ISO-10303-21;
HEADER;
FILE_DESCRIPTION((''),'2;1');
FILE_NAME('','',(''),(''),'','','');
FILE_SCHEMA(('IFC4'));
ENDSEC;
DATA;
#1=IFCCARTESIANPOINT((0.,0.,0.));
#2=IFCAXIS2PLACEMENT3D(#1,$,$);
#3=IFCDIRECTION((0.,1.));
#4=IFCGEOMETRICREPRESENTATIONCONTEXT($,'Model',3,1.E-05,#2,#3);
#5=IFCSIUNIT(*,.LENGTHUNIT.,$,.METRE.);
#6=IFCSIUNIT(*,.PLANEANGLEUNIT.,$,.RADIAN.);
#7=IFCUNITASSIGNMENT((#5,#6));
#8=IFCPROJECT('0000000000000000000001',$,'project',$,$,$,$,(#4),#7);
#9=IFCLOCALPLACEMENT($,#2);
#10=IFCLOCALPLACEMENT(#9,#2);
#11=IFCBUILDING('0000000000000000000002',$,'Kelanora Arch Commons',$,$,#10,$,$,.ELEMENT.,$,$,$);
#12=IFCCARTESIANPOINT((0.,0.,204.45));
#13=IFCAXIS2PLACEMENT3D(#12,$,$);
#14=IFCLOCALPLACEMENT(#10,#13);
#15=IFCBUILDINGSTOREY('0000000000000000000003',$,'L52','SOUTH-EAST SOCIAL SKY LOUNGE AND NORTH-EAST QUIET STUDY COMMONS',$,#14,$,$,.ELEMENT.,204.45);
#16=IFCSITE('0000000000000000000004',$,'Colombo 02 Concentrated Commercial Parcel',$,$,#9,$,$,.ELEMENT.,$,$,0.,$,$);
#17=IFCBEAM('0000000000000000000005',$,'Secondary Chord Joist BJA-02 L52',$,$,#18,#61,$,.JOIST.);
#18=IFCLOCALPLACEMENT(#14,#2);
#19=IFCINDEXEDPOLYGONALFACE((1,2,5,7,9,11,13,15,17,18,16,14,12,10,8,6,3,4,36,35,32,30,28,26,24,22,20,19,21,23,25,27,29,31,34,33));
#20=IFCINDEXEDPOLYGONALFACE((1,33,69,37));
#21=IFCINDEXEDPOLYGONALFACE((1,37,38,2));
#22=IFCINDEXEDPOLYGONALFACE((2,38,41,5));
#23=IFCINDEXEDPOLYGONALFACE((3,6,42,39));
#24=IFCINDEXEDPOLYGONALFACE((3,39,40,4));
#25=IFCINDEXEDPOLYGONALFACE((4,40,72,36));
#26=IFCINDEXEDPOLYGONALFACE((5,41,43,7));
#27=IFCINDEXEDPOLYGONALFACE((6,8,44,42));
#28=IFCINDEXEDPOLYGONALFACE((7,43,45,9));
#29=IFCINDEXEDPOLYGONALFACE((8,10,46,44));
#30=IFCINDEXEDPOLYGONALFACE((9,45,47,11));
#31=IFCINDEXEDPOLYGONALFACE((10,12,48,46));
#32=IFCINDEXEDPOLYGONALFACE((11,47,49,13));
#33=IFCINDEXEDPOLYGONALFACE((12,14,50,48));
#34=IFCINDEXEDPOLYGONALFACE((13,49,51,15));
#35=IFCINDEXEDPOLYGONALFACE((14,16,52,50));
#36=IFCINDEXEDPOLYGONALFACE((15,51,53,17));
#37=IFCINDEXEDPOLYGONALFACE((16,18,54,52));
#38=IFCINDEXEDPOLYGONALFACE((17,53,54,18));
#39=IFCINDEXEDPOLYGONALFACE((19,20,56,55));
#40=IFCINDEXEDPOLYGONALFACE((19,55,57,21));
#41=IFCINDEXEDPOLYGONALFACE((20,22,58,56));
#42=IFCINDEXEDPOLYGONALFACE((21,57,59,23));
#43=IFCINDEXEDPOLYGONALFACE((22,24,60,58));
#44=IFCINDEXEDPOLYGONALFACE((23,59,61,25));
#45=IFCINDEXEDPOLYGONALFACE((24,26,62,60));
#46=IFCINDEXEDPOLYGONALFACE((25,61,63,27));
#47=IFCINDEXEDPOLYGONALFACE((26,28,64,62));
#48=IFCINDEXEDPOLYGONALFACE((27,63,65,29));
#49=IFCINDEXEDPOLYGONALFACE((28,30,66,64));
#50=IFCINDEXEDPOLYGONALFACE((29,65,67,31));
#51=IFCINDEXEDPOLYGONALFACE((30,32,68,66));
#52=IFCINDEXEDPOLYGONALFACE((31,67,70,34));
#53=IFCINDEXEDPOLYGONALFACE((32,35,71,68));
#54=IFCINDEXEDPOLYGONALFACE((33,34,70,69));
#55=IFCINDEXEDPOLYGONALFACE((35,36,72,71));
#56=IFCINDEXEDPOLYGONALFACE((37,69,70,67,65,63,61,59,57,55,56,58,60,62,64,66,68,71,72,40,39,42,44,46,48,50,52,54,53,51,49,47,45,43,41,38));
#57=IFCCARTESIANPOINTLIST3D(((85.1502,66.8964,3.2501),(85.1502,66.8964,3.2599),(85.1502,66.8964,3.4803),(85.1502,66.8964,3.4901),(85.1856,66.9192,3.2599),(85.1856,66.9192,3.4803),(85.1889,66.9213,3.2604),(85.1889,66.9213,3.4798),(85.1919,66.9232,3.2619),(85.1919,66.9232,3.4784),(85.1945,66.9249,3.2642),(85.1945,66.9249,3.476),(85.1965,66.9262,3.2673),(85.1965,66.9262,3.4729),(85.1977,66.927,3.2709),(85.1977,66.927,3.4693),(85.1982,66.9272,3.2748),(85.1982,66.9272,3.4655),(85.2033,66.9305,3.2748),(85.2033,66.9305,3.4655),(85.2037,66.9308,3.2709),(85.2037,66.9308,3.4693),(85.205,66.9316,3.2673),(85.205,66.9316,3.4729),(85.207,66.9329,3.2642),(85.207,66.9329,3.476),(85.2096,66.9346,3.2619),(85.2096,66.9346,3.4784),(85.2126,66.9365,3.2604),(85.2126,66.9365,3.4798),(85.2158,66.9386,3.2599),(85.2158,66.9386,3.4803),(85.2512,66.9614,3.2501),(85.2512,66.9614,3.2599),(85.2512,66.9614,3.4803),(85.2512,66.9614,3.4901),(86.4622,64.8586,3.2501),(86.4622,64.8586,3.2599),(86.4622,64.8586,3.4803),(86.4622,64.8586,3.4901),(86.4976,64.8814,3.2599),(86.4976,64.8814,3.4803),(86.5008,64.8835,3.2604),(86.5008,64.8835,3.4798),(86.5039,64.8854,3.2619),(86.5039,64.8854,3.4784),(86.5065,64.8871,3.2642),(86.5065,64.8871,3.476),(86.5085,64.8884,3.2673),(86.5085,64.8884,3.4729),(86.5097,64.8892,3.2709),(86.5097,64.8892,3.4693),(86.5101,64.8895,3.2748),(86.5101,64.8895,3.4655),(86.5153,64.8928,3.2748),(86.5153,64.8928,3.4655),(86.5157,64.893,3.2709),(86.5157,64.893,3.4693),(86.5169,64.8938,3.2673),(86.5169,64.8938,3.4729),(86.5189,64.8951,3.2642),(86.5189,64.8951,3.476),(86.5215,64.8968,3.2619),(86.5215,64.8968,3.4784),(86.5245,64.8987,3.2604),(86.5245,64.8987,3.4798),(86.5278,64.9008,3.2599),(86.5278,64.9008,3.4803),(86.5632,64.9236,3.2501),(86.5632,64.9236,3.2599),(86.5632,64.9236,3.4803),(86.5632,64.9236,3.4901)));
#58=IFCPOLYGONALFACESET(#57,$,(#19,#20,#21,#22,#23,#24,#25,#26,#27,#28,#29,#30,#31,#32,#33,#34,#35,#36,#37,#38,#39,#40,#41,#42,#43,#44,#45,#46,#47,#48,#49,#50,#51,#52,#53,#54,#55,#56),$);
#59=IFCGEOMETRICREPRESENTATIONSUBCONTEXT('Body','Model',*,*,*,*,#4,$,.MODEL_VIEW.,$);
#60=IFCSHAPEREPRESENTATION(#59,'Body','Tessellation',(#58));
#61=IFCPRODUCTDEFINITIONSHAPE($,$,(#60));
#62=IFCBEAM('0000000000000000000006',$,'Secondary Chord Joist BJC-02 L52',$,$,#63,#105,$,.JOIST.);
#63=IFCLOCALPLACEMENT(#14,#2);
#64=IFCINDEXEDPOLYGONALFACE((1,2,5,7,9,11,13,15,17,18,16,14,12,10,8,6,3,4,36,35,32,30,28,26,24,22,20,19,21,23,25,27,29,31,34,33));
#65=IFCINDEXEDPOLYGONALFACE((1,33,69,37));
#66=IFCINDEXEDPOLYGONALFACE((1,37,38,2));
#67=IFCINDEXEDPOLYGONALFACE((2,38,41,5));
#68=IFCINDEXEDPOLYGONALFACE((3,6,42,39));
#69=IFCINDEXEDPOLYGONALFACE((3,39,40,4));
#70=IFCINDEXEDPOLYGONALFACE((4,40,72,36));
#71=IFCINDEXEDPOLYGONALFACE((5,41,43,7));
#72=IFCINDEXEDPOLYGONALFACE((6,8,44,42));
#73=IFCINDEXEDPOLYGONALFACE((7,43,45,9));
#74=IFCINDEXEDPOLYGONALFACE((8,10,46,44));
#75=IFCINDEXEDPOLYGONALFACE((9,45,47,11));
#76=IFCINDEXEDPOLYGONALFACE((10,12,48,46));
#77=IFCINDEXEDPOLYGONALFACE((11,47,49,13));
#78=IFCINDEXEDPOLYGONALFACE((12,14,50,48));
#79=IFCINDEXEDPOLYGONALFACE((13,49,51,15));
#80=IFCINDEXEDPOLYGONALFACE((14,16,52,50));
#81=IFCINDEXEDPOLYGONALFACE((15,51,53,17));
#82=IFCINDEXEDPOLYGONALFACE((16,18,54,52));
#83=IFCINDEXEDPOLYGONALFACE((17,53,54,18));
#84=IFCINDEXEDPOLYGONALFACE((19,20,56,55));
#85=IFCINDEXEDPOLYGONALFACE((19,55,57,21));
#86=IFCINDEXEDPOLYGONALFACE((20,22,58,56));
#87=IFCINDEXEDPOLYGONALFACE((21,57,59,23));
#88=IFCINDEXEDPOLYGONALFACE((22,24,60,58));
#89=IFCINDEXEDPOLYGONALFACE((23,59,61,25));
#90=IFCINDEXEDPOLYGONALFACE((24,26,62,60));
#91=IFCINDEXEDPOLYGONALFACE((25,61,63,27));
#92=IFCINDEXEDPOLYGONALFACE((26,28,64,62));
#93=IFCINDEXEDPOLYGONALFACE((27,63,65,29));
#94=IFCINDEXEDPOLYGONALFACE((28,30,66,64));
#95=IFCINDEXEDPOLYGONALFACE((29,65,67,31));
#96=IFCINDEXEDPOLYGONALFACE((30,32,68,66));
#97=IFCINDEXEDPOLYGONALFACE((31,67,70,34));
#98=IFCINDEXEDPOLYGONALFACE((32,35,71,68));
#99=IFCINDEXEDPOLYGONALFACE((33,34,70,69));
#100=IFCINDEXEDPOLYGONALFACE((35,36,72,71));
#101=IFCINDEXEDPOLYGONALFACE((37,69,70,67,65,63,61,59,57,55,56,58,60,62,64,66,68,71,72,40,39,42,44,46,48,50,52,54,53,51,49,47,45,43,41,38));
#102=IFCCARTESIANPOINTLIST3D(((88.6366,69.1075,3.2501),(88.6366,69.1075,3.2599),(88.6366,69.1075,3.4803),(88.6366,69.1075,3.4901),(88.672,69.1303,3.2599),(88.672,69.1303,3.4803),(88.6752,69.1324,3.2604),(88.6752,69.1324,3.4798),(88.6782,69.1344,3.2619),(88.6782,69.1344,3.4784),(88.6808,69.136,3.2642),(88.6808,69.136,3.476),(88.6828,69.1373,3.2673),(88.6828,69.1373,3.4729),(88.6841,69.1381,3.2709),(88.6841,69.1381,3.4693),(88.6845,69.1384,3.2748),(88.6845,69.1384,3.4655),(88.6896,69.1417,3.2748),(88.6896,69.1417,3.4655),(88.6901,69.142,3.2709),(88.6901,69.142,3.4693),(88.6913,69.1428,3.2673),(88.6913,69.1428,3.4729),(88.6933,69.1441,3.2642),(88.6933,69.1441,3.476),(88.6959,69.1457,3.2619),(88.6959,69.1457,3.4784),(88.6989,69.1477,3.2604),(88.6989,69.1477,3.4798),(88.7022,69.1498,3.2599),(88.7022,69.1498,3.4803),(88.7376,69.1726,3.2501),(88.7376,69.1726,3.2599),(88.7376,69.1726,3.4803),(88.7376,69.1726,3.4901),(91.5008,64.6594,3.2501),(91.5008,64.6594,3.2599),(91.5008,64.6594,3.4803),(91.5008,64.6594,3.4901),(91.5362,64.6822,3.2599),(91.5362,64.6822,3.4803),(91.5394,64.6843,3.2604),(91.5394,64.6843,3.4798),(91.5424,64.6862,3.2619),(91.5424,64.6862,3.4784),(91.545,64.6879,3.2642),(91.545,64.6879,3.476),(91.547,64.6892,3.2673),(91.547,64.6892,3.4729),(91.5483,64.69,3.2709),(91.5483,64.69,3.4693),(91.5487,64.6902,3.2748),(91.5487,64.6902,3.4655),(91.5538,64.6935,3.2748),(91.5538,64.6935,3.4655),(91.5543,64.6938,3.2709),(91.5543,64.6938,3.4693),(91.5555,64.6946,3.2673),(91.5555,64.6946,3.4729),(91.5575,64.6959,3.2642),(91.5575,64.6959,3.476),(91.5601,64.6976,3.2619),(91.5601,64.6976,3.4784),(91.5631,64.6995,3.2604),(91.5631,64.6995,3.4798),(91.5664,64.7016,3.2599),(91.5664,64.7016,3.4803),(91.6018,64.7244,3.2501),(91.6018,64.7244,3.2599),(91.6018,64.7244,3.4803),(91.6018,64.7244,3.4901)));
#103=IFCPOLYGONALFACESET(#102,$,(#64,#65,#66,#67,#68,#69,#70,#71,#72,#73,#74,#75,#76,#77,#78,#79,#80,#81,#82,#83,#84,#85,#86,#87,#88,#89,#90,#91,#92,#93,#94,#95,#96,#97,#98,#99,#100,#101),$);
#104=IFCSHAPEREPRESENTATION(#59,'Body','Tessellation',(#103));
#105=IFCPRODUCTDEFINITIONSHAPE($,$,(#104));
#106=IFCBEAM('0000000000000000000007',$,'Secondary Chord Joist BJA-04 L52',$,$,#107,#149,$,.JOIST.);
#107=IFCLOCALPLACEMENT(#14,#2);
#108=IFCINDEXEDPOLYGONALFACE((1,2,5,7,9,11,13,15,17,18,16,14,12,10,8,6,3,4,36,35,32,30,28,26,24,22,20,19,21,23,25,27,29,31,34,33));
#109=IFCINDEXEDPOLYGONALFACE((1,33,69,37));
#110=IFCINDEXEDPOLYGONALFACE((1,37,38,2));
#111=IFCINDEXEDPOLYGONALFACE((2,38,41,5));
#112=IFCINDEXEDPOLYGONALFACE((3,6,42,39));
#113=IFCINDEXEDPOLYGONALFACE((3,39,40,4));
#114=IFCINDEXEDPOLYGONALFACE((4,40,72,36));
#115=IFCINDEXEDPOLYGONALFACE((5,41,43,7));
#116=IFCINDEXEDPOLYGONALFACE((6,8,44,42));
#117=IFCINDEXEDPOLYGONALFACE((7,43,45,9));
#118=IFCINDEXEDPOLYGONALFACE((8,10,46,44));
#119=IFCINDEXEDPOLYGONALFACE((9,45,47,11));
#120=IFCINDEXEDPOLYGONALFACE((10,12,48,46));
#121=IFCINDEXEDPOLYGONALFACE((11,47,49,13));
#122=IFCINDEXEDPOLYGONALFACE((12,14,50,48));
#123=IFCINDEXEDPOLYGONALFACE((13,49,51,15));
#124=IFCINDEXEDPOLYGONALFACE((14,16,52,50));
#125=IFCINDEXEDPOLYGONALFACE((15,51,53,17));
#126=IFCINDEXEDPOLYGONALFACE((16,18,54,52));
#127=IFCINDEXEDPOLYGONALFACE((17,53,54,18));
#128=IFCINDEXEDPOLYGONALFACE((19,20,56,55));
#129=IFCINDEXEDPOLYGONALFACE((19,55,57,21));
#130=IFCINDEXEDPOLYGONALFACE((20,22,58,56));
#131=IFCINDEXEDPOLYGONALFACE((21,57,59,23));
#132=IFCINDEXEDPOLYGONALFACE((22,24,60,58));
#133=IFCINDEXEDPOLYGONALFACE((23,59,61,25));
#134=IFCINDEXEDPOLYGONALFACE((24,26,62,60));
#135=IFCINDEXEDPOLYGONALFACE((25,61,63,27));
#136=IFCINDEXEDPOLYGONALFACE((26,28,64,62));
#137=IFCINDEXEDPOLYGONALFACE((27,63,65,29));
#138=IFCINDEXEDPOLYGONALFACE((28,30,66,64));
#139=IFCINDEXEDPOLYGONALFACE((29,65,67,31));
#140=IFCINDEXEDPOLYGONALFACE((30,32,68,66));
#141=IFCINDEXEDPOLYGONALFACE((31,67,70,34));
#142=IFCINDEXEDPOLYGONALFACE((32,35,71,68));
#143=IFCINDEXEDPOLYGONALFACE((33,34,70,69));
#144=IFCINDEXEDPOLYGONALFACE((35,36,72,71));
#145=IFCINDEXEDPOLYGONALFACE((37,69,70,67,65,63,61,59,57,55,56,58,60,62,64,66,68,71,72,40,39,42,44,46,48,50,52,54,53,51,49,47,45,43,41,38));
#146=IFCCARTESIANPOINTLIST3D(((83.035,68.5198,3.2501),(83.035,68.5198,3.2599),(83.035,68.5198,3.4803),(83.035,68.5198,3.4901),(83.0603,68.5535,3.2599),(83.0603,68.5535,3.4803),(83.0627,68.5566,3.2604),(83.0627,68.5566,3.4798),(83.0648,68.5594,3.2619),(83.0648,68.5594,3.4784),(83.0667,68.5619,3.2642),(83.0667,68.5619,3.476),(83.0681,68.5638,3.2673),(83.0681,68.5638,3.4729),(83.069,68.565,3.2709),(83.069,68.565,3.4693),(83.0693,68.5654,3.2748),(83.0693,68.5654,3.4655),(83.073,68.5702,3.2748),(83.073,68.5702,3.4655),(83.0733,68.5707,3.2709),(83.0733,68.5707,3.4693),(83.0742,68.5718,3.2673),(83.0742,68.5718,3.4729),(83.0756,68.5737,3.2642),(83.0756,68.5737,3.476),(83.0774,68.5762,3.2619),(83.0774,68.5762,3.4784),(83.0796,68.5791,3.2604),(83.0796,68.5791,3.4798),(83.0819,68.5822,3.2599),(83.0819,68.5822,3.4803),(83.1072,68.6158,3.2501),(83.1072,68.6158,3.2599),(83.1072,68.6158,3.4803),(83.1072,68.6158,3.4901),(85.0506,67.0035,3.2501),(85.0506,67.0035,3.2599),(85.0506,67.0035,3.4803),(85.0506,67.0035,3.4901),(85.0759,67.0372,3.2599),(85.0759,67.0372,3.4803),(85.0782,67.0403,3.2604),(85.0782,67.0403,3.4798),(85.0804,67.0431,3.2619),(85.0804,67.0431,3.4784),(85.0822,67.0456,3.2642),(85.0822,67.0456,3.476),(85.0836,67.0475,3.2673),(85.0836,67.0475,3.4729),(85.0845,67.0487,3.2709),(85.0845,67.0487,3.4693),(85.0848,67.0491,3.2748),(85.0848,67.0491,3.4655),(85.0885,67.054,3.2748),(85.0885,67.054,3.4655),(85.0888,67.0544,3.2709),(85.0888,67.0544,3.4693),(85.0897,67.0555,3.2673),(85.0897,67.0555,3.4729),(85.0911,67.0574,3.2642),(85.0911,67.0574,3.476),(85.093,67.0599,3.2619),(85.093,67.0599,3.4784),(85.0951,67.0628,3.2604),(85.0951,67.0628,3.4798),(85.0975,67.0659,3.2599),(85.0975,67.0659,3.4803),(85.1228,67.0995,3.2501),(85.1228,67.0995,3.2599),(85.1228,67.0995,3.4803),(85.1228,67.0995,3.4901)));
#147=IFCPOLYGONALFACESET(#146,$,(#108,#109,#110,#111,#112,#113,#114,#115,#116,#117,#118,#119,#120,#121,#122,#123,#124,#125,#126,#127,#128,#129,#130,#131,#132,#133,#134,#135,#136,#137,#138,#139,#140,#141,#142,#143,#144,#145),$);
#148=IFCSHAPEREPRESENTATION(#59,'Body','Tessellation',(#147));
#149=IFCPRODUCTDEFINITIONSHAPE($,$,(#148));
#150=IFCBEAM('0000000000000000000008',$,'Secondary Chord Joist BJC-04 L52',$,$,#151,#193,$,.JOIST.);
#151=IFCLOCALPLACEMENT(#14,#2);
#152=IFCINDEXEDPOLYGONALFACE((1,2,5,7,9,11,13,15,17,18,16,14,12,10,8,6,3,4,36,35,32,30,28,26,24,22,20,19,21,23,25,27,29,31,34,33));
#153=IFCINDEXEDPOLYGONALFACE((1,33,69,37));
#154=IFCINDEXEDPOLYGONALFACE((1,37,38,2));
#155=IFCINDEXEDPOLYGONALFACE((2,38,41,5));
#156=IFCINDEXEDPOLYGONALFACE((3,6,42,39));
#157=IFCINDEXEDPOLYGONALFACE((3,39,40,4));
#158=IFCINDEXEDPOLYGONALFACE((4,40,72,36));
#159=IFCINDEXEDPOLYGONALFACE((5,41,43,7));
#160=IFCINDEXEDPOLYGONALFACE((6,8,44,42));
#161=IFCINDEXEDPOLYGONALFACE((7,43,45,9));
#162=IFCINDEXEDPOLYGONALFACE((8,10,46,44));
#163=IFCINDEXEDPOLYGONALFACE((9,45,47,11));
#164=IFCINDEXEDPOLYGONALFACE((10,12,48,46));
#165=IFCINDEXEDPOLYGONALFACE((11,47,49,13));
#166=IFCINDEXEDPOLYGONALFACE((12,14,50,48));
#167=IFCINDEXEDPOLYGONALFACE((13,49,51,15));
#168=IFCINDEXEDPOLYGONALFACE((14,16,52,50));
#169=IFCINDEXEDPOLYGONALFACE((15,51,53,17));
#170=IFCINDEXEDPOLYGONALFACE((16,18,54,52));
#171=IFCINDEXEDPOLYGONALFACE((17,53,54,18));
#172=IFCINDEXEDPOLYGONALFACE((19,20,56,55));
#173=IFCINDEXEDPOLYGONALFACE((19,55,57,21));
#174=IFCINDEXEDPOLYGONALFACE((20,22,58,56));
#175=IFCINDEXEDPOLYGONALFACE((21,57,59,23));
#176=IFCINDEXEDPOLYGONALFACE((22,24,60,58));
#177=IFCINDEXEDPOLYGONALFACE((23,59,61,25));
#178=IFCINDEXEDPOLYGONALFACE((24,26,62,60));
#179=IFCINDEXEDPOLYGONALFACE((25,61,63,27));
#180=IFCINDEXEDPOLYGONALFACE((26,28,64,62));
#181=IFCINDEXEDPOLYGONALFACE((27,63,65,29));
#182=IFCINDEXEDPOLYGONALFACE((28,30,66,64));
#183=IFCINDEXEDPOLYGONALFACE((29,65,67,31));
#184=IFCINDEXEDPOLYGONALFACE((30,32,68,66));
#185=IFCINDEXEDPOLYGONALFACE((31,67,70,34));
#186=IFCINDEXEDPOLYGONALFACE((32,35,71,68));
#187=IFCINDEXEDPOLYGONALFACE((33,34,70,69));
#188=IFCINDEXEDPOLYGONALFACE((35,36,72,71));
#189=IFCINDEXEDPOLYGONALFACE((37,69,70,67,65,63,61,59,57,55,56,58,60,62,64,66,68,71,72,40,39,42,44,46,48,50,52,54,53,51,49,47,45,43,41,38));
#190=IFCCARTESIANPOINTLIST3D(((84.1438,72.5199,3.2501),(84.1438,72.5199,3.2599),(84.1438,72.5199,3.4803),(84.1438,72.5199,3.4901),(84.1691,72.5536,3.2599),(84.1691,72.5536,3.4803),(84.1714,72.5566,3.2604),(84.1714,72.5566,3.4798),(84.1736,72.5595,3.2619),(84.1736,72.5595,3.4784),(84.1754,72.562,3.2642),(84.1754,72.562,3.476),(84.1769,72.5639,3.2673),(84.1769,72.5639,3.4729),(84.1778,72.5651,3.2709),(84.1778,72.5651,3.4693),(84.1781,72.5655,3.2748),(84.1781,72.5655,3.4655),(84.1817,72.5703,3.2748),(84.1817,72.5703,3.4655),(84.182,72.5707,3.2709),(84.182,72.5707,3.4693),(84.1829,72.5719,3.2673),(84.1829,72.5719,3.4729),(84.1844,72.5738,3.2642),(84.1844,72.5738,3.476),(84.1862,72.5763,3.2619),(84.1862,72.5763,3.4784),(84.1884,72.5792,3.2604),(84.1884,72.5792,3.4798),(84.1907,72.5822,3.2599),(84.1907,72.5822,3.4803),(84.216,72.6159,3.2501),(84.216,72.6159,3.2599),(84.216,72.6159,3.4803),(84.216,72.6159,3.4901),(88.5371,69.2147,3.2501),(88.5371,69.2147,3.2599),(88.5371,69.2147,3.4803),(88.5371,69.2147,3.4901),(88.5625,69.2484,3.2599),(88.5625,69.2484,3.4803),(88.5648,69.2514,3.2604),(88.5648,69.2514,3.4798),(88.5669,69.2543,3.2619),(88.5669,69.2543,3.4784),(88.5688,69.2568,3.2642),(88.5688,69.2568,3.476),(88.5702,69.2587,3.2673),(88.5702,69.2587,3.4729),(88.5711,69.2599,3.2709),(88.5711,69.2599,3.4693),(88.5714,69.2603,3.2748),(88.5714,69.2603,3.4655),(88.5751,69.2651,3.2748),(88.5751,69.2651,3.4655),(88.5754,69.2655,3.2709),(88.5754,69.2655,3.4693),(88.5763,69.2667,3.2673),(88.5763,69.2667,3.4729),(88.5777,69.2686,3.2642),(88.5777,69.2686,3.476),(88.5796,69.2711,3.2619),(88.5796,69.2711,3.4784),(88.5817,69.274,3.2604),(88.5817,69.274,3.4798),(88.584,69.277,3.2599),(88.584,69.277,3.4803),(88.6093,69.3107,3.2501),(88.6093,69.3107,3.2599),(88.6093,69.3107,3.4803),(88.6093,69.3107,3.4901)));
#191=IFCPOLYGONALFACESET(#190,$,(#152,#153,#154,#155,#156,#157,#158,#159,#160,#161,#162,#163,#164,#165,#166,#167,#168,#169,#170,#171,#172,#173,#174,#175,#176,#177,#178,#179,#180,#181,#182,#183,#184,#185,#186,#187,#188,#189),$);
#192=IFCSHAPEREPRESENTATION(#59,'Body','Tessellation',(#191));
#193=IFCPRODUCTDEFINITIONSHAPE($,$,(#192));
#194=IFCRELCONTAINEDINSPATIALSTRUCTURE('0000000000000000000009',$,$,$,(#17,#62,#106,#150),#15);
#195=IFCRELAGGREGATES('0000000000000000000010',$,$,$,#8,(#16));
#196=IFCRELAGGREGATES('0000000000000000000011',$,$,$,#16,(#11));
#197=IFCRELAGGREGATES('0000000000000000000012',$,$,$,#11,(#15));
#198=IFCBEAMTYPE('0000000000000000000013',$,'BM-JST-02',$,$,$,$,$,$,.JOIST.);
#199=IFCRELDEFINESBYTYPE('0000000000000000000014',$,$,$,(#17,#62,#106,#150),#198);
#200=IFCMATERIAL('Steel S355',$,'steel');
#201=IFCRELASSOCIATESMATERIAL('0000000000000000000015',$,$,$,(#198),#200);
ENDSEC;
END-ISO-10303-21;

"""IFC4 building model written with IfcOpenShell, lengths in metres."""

from ifc_helpers import new_model, si_unit, direction, frame, origin, origin_2d, place, context, subcontext, project, spatial, i_section, extrude, material, material_profile, profile_set, type_object, element, save


model = new_model("IFC4")

# Units and contexts
model_context = context("Model", 3, precision=1e-05, world=origin(), true_north=direction((0.0, 1.0)))
body_context = subcontext(model_context, "Body", "Model", "MODEL_VIEW")
ifc_project = project(units=[si_unit("LENGTHUNIT", "METRE"), si_unit("PLANEANGLEUNIT", "RADIAN")], contexts=[model_context])

# Site, building, storey
site_placement = place(None, origin())
site = spatial("IfcSite", under=ifc_project, at=site_placement, Name="Colombo 02 Concentrated Commercial Parcel", CompositionType="ELEMENT", RefElevation=0.0)
building_placement = place(site_placement, origin())
building = spatial("IfcBuilding", under=site, at=building_placement, Name="Kelanora Arch Commons", CompositionType="ELEMENT")
storey_placement = place(building_placement, frame((0.0, 0.0, 204.45)))
storey = spatial("IfcBuildingStorey", under=building, at=storey_placement, Name="L52", Description="SOUTH-EAST SOCIAL SKY LOUNGE AND NORTH-EAST QUIET STUDY COMMONS", CompositionType="ELEMENT", Elevation=204.45)

# Beams
ifc_material_1 = material(Name="Steel S355", Category="steel")
ifc_material_profile_1 = material_profile(ifc_material_1, i_section(OverallWidth=0.1201, OverallDepth=0.24, WebThickness=0.0061, FlangeThickness=0.0098, FilletRadius=0.0149, at=origin_2d()), Name="IPE240")
ifc_profile_set_1 = profile_set([ifc_material_profile_1], Name="Steel S355")
beam_type_1 = type_object("IfcBeamType", Name="BM-JST-02", PredefinedType="JOIST", material=ifc_profile_set_1)
beam_1_placement = place(storey_placement, frame((86.5127, 64.8911, 3.3701), z_axis=(-0.541333, 0.840808, 0.0), x_axis=(-0.840808, -0.541333, 0.0)))
element("IfcBeam", 1, at=beam_1_placement, inside=storey, type_object=beam_type_1, Name="Secondary Chord Joist BJA-02 L52", PredefinedType="JOIST", context=body_context, shape_type="SweptSolid", body=[
    extrude(i_section(OverallWidth=0.1201, OverallDepth=0.24, WebThickness=0.0061, FlangeThickness=0.0098, FilletRadius=0.0149, at=origin_2d()), origin(), (0.0, 0.0, 1.0), 2.4236),
])
beam_2_placement = place(storey_placement, frame((91.5513, 64.6919, 3.3701), z_axis=(-0.541382, 0.840776, 0.0), x_axis=(-0.840776, -0.541382, 0.0)))
element("IfcBeam", 2, at=beam_2_placement, inside=storey, type_object=beam_type_1, Name="Secondary Chord Joist BJC-02 L52", PredefinedType="JOIST", context=body_context, shape_type="SweptSolid", body=[
    extrude(i_section(OverallWidth=0.1201, OverallDepth=0.24, WebThickness=0.0061, FlangeThickness=0.0098, FilletRadius=0.0149, at=origin_2d()), origin(), (0.0, 0.0, 1.0), 5.2905),
])
beam_3_placement = place(storey_placement, frame((85.0867, 67.0515, 3.3701), z_axis=(-0.799116, 0.601176, 0.0), x_axis=(-0.601176, -0.799116, 0.0)))
element("IfcBeam", 3, at=beam_3_placement, inside=storey, type_object=beam_type_1, Name="Secondary Chord Joist BJA-04 L52", PredefinedType="JOIST", context=body_context, shape_type="SweptSolid", body=[
    extrude(i_section(OverallWidth=0.1201, OverallDepth=0.24, WebThickness=0.0061, FlangeThickness=0.0098, FilletRadius=0.0149, at=origin_2d()), origin(), (0.0, 0.0, 1.0), 2.5222),
])
beam_4_placement = place(storey_placement, frame((88.5732, 69.2627, 3.3701), z_axis=(-0.799109, 0.601186, 0.0), x_axis=(-0.601186, -0.799109, 0.0)))
element("IfcBeam", 4, at=beam_4_placement, inside=storey, type_object=beam_type_1, Name="Secondary Chord Joist BJC-04 L52", PredefinedType="JOIST", context=body_context, shape_type="SweptSolid", body=[
    extrude(i_section(OverallWidth=0.1201, OverallDepth=0.24, WebThickness=0.0061, FlangeThickness=0.0098, FilletRadius=0.0149, at=origin_2d()), origin(), (0.0, 0.0, 1.0), 5.4978),
])

save(model, "model.ifc")
